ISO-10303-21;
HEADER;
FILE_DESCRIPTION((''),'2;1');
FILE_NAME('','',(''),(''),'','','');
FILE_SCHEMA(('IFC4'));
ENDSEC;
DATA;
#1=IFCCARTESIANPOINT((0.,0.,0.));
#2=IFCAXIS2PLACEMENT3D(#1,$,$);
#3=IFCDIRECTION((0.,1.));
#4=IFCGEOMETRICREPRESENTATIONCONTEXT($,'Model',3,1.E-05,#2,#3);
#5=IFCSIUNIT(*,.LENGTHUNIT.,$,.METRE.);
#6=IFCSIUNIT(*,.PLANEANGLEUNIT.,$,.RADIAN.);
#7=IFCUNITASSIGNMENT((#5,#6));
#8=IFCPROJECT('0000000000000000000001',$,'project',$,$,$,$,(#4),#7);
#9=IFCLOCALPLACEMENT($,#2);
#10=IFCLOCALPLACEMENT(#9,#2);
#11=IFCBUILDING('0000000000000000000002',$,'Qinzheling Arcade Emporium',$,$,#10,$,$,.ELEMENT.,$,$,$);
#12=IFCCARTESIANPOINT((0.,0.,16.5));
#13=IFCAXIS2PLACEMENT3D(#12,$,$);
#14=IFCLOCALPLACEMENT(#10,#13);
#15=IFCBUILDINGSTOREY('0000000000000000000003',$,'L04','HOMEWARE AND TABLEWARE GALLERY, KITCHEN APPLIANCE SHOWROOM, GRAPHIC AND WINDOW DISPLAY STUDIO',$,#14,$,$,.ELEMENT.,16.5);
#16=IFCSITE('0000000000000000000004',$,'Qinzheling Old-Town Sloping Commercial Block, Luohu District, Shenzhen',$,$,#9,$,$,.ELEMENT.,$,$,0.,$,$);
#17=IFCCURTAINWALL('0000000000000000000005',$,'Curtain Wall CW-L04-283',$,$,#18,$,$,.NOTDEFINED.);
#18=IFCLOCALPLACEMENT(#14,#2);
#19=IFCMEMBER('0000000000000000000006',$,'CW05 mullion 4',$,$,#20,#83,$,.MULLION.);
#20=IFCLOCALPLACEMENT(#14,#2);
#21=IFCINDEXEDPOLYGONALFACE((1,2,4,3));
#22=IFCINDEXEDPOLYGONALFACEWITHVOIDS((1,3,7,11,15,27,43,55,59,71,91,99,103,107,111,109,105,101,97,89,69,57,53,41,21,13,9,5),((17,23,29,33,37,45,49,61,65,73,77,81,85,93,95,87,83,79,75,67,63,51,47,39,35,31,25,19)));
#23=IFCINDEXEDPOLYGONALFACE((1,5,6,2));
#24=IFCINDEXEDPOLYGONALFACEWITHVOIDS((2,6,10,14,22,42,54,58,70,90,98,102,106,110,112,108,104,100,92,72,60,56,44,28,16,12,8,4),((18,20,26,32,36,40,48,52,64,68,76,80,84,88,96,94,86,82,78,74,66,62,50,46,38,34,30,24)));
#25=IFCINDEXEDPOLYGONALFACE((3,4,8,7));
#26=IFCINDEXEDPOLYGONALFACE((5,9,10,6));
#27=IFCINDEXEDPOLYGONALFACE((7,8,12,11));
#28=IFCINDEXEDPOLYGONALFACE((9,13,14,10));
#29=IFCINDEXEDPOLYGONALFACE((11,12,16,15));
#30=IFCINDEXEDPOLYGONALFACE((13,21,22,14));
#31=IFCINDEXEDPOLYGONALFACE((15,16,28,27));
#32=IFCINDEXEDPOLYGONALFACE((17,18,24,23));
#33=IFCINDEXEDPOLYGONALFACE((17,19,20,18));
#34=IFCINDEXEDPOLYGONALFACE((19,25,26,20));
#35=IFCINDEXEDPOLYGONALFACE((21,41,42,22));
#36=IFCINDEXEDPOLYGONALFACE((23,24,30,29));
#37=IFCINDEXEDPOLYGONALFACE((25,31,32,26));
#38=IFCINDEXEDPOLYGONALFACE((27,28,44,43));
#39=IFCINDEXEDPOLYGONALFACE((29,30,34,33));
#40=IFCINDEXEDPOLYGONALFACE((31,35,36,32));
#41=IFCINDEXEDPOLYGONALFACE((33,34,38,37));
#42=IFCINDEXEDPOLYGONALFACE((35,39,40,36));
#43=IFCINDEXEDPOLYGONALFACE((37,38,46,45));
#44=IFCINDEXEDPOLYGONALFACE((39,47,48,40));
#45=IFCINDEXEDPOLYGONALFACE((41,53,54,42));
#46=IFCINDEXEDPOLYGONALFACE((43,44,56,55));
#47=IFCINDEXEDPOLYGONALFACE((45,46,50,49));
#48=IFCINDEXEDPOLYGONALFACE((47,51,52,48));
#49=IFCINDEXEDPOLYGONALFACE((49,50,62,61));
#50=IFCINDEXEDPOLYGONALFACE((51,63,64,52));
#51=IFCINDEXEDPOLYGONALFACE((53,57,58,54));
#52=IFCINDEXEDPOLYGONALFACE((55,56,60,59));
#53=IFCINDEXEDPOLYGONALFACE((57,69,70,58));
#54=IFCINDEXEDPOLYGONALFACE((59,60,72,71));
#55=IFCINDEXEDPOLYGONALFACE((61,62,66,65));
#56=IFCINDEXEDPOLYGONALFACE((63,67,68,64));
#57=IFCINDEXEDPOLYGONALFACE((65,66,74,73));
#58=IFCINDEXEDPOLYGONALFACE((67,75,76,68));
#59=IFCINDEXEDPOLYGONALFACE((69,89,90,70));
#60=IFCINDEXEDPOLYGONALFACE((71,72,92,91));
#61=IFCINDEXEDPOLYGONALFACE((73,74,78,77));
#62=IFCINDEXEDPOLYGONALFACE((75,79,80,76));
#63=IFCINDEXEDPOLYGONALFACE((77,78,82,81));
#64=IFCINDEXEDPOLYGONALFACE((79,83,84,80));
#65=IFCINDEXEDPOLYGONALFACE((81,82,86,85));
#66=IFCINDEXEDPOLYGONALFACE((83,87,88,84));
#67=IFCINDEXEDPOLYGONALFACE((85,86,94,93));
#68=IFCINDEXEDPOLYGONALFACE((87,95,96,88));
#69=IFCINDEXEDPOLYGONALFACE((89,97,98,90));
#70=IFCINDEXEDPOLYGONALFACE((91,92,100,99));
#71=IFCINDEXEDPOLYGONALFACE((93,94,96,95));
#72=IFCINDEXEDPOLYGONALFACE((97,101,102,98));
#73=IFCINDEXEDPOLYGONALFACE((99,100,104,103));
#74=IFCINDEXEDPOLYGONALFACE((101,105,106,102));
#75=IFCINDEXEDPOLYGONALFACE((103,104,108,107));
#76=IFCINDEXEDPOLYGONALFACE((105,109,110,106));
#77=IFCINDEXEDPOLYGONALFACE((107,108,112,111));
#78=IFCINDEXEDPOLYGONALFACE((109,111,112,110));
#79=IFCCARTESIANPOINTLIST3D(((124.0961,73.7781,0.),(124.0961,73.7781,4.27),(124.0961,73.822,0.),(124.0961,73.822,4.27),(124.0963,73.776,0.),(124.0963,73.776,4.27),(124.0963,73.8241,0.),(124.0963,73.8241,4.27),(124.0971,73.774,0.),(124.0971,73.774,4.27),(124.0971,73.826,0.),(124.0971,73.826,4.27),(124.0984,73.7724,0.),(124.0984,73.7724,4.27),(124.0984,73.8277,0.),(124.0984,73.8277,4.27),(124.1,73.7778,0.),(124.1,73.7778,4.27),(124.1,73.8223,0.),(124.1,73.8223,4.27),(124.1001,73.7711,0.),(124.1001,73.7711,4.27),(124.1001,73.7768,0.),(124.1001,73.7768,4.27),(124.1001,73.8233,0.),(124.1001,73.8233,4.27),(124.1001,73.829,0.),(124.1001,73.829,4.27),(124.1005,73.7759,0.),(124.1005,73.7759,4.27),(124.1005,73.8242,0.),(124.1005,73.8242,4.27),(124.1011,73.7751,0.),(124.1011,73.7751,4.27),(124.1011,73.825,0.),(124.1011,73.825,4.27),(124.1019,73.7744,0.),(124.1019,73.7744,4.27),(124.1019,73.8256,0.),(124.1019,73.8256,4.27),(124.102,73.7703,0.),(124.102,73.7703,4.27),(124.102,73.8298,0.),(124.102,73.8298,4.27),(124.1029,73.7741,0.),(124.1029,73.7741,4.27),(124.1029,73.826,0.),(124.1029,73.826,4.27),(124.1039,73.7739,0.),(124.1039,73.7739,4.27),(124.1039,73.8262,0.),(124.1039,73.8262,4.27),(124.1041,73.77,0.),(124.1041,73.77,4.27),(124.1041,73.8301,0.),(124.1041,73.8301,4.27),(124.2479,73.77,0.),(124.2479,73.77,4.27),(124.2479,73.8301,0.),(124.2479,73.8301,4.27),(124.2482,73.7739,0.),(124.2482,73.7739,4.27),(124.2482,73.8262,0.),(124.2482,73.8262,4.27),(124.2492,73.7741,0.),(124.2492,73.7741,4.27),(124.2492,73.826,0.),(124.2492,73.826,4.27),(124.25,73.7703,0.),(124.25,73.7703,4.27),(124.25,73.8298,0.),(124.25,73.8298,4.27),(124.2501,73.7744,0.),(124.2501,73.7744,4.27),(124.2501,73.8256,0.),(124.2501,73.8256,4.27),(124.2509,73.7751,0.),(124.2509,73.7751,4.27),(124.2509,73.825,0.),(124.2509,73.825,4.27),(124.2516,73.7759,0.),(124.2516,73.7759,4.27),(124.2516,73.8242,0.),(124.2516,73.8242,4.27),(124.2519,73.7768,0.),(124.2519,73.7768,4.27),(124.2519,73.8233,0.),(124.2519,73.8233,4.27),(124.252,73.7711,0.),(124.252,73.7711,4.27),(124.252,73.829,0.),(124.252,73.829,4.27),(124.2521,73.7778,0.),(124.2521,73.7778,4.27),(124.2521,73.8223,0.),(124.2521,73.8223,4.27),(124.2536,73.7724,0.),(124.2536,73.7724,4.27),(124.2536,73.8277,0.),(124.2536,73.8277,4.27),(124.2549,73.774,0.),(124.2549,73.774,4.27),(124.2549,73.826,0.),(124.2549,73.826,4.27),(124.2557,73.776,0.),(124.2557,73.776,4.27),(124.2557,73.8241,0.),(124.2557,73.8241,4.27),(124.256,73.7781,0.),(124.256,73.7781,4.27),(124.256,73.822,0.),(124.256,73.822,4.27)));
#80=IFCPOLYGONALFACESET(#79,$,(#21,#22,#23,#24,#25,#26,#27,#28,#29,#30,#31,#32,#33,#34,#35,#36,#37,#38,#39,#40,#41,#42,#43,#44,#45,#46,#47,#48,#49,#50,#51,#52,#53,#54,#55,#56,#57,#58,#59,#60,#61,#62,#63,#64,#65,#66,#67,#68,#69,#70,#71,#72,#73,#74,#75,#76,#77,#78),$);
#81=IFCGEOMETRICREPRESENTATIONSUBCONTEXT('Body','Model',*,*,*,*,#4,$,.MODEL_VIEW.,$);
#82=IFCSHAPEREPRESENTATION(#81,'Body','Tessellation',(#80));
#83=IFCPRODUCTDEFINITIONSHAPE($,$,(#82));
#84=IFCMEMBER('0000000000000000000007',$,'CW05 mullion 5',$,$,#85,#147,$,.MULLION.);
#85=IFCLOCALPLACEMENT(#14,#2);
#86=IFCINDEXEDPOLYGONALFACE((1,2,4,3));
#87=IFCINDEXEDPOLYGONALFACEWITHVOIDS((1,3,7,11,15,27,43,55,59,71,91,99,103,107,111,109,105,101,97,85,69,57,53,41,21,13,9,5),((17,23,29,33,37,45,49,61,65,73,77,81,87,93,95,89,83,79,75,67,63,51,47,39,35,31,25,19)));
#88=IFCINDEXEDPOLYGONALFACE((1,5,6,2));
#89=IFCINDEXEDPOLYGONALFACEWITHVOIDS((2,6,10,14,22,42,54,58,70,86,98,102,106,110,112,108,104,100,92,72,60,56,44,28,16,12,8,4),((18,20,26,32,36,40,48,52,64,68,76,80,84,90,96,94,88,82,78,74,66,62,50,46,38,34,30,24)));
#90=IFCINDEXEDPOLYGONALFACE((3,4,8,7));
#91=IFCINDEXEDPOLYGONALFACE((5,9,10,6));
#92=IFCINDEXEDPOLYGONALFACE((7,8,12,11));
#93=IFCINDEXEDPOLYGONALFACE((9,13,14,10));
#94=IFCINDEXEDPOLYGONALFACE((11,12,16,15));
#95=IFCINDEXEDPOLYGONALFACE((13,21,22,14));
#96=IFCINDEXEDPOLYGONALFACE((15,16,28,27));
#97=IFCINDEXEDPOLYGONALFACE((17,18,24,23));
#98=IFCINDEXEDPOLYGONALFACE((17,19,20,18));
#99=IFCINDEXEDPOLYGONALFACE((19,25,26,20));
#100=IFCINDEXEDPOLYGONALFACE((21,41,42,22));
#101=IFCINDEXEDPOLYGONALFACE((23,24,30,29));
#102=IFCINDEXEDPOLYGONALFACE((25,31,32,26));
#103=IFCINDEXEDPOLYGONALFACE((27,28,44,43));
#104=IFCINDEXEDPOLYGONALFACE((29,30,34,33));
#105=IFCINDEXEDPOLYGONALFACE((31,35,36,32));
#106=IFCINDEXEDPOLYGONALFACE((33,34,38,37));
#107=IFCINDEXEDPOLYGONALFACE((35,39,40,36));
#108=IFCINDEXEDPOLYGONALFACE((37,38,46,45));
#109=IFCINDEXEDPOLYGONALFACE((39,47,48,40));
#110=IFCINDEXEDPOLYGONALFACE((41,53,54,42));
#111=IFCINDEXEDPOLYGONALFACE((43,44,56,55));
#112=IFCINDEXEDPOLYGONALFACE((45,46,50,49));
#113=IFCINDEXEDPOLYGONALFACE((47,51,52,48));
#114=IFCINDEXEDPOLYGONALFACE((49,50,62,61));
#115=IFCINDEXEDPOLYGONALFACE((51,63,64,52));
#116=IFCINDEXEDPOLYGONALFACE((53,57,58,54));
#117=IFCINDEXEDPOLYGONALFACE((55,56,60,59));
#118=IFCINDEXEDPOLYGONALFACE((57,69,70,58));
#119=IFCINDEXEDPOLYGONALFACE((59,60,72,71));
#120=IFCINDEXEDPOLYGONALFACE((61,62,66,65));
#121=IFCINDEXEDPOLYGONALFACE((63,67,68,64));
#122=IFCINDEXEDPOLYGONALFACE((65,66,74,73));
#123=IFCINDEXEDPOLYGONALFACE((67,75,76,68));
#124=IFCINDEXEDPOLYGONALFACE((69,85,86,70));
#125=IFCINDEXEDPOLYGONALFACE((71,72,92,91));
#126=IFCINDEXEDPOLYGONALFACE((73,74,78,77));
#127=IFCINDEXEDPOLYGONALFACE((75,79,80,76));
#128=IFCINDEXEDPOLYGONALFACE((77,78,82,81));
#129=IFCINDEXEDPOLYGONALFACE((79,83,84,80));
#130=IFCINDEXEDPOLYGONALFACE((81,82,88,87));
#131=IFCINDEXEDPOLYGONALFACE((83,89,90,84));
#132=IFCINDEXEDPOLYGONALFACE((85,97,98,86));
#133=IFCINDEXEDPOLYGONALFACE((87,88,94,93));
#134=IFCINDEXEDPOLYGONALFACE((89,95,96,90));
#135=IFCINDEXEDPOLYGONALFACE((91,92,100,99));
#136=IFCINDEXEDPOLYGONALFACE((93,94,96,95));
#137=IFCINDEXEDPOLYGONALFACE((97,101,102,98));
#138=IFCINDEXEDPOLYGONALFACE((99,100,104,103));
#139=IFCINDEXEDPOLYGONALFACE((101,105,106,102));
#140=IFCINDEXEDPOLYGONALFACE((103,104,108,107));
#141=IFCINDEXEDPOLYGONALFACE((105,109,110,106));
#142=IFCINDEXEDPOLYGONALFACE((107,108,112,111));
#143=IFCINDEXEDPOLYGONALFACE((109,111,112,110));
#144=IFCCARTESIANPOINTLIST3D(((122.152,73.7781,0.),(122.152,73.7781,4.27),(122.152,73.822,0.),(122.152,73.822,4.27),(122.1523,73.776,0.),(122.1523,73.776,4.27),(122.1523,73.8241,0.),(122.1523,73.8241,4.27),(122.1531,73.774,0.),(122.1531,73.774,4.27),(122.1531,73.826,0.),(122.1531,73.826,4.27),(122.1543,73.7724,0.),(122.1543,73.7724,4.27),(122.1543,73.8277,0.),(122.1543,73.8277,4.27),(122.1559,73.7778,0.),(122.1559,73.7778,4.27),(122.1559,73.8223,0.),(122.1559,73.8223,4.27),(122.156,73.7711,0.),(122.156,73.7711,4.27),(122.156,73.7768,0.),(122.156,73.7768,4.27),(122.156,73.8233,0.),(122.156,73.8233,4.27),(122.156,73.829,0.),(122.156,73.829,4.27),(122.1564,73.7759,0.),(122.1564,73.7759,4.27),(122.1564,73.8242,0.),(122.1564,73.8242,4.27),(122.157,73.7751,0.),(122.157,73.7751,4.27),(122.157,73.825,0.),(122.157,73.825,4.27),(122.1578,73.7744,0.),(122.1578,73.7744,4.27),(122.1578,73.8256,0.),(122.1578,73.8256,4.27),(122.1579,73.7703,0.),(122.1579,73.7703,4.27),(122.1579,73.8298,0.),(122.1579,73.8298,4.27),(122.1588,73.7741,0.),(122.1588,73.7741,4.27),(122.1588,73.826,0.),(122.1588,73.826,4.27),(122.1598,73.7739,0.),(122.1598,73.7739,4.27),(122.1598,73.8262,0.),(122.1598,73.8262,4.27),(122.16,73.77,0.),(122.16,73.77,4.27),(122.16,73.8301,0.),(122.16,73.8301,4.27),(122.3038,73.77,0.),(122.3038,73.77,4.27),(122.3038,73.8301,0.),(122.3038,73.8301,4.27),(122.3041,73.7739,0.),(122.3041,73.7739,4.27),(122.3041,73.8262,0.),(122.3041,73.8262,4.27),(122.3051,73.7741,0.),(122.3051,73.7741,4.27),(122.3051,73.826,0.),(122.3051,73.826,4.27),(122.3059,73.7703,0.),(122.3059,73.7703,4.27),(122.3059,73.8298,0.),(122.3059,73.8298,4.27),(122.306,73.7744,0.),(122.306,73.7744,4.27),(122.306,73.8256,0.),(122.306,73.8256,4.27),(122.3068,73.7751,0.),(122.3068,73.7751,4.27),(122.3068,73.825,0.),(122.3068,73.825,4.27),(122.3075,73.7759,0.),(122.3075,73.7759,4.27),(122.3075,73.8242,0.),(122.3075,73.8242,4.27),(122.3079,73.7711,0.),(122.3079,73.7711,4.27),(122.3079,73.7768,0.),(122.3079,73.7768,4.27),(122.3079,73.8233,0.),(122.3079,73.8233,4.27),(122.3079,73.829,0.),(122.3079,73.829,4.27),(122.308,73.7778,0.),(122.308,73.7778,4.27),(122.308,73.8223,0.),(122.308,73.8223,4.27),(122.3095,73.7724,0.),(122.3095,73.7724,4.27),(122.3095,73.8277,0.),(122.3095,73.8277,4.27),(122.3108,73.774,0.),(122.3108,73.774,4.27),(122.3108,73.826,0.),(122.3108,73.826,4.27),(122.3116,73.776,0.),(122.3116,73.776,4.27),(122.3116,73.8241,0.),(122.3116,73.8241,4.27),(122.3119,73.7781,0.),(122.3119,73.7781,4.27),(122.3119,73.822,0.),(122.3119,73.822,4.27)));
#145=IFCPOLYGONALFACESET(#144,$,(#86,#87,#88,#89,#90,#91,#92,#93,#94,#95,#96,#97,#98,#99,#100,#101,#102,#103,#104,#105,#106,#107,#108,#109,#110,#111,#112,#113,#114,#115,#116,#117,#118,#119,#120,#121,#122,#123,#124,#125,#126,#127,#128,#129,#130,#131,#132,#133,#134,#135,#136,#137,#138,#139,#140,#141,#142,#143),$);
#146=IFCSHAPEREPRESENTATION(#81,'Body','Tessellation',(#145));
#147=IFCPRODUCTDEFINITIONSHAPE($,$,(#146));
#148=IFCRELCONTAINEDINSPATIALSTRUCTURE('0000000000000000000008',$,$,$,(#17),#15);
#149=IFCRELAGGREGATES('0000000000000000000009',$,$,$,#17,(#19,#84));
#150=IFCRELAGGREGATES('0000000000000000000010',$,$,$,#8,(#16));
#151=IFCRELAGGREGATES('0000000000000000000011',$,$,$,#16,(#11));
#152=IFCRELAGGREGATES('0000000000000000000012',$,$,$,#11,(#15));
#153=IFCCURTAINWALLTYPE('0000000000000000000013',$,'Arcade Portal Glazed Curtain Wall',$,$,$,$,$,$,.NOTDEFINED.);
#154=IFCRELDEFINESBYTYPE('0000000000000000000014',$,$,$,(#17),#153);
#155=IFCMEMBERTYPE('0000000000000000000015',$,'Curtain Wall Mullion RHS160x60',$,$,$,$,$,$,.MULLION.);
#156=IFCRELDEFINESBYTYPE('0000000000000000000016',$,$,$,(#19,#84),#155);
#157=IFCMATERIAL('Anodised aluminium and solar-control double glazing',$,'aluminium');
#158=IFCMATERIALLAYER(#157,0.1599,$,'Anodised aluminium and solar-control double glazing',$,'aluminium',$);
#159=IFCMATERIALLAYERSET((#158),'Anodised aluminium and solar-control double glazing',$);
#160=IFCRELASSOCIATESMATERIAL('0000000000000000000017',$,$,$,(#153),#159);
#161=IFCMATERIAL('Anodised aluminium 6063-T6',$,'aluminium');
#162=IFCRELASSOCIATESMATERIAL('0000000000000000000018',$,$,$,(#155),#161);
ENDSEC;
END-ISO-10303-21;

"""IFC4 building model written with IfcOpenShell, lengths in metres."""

from ifc_helpers import new_model, si_unit, direction, frame, origin, origin_2d, place, context, subcontext, project, spatial, hollow_rectangle, extrude, material, layer, layer_set, material_profile, profile_set, type_object, element, aggregate, save


model = new_model("IFC4")

# Units and contexts
model_context = context("Model", 3, precision=1e-05, world=origin(), true_north=direction((0.0, 1.0)))
body_context = subcontext(model_context, "Body", "Model", "MODEL_VIEW")
ifc_project = project(units=[si_unit("LENGTHUNIT", "METRE"), si_unit("PLANEANGLEUNIT", "RADIAN")], contexts=[model_context])

# Site, building, storey
site_placement = place(None, origin())
site = spatial("IfcSite", under=ifc_project, at=site_placement, Name="Qinzheling Old-Town Sloping Commercial Block, Luohu District, Shenzhen", CompositionType="ELEMENT", RefElevation=0.0)
building_placement = place(site_placement, origin())
building = spatial("IfcBuilding", under=site, at=building_placement, Name="Qinzheling Arcade Emporium", CompositionType="ELEMENT")
storey_placement = place(building_placement, frame((0.0, 0.0, 16.5)))
storey = spatial("IfcBuildingStorey", under=building, at=storey_placement, Name="L04", Description="HOMEWARE AND TABLEWARE GALLERY, KITCHEN APPLIANCE SHOWROOM, GRAPHIC AND WINDOW DISPLAY STUDIO", CompositionType="ELEMENT", Elevation=16.5)

# Shared definitions
ifc_material_1 = material(Name="Anodised aluminium and solar-control double glazing", Category="aluminium")
ifc_layer_1 = layer(ifc_material_1, 0.1599, Name="Anodised aluminium and solar-control double glazing", Category="aluminium")
ifc_layer_set_1 = layer_set([ifc_layer_1], Name="Anodised aluminium and solar-control double glazing")
curtain_wall_type = type_object("IfcCurtainWallType", Name="Arcade Portal Glazed Curtain Wall", PredefinedType="NOTDEFINED", material=ifc_layer_set_1)
ifc_material_2 = material(Name="Anodised aluminium 6063-T6", Category="aluminium")
ifc_material_profile_1 = material_profile(ifc_material_2, hollow_rectangle(XDim=0.0601, YDim=0.1599, WallThickness=0.0039, InnerFilletRadius=0.0039, OuterFilletRadius=0.0081, at=origin_2d()), Name="RHS 160x60x4", Category="aluminium")
ifc_profile_set_1 = profile_set([ifc_material_profile_1], Name="Anodised aluminium 6063-T6")
member_type_1 = type_object("IfcMemberType", Name="Curtain Wall Mullion RHS160x60", PredefinedType="MULLION", material=ifc_profile_set_1)

# Curtain wall, members
curtain_wall_1_placement = place(storey_placement, origin())
curtain_wall_1 = element("IfcCurtainWall", 1, at=curtain_wall_1_placement, inside=storey, type_object=curtain_wall_type, Name="Curtain Wall CW-L04-283", PredefinedType="NOTDEFINED")
member_1_placement = place(storey_placement, frame((124.176, 73.8, 0.0), z_axis=(0.0, 0.0, 1.0), x_axis=(0.0, -1.0, 0.0)))
member_1 = element("IfcMember", 2, at=member_1_placement, type_object=member_type_1, Name="CW05 mullion 4", PredefinedType="MULLION", context=body_context, shape_type="SweptSolid", body=[
    extrude(hollow_rectangle(XDim=0.0601, YDim=0.1599, WallThickness=0.0039, InnerFilletRadius=0.0039, OuterFilletRadius=0.0081, at=origin_2d()), origin(), (0.0, 0.0, 1.0), 4.27),
])
member_2_placement = place(storey_placement, frame((122.2319, 73.8, 0.0), z_axis=(0.0, 0.0, 1.0), x_axis=(0.0, -1.0, 0.0)))
member_2 = element("IfcMember", 3, at=member_2_placement, type_object=member_type_1, Name="CW05 mullion 5", PredefinedType="MULLION", context=body_context, shape_type="SweptSolid", body=[
    extrude(hollow_rectangle(XDim=0.0601, YDim=0.1599, WallThickness=0.0039, InnerFilletRadius=0.0039, OuterFilletRadius=0.0081, at=origin_2d()), origin(), (0.0, 0.0, 1.0), 4.27),
])

aggregate(curtain_wall_1, [member_1, member_2])

save(model, "model.ifc")
